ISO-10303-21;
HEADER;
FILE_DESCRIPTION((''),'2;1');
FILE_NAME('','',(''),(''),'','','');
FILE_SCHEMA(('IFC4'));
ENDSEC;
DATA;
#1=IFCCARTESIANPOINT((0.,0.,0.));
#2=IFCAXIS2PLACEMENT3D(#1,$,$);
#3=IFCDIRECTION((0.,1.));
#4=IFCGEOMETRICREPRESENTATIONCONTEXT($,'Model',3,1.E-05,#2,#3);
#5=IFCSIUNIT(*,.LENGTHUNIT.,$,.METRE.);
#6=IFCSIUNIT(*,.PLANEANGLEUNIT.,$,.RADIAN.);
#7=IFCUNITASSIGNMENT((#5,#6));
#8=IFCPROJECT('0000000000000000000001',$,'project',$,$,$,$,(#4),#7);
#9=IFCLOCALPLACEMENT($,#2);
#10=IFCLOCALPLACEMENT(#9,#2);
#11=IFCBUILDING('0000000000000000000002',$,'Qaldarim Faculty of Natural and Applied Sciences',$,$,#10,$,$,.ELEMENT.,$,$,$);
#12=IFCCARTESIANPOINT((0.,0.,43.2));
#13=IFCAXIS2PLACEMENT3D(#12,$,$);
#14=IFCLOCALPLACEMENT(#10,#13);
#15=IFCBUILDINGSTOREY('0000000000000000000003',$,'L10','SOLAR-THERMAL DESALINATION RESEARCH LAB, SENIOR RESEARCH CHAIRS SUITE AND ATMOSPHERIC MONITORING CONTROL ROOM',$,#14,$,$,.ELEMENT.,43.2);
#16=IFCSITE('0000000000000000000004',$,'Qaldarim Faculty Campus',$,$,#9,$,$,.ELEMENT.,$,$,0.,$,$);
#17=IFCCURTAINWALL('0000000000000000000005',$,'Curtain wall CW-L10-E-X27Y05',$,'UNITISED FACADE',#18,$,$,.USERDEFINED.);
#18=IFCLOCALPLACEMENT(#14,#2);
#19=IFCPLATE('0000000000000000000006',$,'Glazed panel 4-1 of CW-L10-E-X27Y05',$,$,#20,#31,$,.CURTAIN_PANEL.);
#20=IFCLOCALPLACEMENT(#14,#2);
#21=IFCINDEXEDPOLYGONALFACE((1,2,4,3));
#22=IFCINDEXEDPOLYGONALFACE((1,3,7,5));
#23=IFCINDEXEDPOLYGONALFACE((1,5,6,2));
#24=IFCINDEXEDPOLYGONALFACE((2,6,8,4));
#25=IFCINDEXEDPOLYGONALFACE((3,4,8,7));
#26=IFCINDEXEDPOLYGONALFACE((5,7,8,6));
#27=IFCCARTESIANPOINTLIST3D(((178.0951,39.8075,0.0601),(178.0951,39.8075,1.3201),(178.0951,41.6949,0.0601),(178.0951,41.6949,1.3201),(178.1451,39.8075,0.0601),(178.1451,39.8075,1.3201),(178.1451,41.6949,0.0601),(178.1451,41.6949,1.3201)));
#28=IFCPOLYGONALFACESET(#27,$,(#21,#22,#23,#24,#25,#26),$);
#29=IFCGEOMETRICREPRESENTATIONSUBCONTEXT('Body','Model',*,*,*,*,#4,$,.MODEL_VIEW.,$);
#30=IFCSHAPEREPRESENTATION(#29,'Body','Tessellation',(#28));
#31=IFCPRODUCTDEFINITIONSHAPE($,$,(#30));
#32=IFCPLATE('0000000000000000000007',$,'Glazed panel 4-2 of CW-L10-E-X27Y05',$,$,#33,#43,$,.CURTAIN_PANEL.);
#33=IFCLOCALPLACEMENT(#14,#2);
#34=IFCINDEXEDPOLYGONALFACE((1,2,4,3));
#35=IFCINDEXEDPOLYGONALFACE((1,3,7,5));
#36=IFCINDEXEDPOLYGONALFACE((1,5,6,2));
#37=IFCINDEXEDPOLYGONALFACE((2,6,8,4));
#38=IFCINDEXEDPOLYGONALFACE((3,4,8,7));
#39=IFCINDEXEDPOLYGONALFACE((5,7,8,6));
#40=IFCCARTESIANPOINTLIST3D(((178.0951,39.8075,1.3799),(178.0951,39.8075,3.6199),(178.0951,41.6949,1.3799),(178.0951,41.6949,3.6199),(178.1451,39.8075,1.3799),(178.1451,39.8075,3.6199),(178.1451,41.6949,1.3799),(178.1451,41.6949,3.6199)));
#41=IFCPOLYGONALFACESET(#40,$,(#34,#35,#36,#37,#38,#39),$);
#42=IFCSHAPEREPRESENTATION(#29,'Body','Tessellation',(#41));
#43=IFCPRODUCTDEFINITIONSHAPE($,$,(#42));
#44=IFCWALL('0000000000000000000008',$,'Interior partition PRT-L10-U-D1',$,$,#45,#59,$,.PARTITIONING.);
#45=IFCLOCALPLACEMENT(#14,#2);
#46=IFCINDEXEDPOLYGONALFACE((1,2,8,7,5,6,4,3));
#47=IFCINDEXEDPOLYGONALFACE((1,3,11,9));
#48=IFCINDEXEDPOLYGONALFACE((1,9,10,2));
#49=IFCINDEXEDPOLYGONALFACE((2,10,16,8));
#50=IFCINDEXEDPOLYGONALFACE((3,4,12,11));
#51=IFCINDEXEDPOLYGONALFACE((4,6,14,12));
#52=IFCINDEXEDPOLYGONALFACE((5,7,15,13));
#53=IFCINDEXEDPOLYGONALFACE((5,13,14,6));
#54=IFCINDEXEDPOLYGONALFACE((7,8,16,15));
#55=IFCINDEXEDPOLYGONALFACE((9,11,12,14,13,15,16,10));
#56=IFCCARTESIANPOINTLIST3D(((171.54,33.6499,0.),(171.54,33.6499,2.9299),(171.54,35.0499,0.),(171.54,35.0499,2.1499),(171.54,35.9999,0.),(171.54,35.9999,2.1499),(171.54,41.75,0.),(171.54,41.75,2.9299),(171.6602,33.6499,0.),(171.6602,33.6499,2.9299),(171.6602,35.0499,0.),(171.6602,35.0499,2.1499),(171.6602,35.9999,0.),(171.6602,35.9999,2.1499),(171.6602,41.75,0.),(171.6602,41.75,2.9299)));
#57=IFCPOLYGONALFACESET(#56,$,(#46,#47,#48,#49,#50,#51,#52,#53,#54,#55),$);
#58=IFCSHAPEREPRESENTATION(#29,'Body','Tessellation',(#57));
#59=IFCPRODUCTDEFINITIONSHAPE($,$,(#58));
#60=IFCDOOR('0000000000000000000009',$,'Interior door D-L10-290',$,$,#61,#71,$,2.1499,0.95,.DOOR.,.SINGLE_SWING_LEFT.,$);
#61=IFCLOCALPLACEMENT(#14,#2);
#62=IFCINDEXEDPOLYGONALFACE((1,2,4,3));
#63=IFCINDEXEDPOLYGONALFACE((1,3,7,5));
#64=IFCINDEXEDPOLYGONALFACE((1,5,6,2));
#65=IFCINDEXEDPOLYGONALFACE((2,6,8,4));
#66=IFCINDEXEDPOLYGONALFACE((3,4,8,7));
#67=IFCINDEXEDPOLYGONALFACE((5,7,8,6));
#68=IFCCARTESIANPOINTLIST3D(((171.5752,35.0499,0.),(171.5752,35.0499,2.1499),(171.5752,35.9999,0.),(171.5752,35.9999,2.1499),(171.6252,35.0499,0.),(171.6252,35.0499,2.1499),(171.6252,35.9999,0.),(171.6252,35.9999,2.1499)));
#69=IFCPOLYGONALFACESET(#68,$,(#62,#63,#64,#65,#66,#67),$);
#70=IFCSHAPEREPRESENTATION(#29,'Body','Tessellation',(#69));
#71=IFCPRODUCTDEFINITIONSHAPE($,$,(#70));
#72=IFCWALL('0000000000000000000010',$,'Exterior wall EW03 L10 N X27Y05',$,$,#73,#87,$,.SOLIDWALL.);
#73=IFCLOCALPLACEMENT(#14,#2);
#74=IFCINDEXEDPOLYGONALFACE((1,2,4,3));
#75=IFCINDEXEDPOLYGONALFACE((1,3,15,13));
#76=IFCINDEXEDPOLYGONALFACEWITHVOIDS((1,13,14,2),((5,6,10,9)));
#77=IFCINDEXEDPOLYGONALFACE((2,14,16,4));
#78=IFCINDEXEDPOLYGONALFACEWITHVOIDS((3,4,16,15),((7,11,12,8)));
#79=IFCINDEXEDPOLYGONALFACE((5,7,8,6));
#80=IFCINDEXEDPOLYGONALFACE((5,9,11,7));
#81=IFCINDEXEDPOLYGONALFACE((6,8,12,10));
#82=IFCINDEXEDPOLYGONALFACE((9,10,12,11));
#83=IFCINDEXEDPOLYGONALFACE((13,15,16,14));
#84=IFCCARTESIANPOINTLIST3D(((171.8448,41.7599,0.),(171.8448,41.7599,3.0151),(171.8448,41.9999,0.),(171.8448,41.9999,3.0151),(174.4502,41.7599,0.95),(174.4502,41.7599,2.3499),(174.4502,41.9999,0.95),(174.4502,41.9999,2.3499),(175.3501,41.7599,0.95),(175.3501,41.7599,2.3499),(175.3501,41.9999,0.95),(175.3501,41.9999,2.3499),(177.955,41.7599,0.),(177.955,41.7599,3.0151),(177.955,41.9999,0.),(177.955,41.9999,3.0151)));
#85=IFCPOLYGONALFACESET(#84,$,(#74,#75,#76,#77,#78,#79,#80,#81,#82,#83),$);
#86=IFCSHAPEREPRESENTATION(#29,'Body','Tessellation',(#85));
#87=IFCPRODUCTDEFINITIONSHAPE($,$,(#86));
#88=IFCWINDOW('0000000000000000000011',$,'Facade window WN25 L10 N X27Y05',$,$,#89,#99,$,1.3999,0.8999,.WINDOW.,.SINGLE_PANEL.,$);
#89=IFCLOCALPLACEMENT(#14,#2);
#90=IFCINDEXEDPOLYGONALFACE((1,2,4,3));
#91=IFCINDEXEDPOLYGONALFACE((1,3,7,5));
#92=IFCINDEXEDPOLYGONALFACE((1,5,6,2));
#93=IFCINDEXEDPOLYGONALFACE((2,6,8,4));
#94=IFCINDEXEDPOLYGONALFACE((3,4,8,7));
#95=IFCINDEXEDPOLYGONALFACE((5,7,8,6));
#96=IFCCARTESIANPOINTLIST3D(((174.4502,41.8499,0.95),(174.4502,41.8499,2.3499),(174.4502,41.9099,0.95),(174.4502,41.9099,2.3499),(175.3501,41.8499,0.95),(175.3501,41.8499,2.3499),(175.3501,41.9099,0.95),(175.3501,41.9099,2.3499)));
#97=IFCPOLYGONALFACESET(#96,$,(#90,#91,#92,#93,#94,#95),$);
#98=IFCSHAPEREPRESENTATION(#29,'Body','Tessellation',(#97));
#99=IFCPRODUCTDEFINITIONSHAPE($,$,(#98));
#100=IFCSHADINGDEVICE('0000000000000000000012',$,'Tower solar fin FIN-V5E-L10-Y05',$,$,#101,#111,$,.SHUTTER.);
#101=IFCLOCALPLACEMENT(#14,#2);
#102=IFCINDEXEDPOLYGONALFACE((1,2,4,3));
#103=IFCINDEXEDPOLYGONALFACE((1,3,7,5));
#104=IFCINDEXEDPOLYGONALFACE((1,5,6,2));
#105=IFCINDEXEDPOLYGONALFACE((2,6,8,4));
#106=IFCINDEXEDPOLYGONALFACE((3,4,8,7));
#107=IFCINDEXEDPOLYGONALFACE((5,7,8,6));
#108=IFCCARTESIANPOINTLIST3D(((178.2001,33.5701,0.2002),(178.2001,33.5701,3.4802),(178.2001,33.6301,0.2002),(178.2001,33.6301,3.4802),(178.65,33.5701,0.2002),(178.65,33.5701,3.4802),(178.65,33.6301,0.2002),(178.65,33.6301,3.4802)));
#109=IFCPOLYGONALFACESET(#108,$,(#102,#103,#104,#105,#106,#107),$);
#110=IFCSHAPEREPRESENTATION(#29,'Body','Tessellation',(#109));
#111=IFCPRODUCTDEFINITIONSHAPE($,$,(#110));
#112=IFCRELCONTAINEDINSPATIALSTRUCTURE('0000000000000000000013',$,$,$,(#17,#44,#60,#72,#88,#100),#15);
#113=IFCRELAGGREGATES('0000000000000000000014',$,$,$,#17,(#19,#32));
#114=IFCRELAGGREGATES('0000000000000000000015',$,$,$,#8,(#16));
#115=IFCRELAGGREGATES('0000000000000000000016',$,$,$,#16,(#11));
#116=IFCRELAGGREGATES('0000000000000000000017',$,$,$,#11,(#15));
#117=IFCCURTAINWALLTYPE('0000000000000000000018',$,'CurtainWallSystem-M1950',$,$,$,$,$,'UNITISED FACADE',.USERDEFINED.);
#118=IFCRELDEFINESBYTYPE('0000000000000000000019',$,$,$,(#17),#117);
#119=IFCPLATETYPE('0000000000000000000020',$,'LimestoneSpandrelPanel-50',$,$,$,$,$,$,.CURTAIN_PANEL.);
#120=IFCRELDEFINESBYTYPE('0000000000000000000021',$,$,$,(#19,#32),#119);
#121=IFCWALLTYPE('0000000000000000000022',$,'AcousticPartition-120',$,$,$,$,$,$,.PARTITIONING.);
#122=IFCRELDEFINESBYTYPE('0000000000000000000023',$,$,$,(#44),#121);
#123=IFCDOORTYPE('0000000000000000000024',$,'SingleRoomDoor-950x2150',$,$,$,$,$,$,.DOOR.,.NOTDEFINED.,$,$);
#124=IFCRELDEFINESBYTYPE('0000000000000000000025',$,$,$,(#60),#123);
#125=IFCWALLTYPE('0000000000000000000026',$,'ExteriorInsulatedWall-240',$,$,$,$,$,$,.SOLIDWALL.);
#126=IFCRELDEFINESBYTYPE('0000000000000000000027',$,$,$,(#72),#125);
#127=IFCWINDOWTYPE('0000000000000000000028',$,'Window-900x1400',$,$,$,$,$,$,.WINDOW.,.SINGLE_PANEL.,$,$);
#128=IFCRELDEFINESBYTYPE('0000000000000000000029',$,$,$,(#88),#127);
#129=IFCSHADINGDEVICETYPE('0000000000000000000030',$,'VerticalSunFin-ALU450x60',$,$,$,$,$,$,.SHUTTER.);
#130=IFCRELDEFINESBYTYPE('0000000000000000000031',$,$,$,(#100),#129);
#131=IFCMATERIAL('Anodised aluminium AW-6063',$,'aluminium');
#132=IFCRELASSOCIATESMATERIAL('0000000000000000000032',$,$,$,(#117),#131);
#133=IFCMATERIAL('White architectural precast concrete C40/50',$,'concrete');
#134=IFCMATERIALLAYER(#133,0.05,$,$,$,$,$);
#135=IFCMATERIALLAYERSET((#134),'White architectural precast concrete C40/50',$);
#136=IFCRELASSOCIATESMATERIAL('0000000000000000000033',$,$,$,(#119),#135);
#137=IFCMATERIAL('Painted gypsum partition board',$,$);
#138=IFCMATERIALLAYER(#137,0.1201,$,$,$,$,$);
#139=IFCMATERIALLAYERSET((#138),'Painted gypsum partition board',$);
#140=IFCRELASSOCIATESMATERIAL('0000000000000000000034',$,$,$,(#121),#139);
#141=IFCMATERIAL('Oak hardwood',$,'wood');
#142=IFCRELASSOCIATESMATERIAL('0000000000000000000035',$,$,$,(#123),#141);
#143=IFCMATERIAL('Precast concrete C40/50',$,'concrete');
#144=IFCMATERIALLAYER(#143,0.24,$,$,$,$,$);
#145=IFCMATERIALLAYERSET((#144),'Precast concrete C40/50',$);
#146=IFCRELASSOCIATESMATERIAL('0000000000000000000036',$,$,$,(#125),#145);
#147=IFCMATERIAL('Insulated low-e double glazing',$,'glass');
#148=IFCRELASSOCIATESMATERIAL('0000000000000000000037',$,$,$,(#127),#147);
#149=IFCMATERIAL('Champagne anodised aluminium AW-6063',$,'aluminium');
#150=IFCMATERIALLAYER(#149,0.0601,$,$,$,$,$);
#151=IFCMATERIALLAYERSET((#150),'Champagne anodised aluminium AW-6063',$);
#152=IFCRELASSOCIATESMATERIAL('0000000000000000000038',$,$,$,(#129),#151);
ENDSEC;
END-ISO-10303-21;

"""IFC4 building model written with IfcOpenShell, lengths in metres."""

from ifc_helpers import new_model, si_unit, direction, frame, frame_2d, origin, origin_2d, place, context, subcontext, project, spatial, rectangle, extrude, material, layer, layer_set, type_object, element, fill, aggregate, save


model = new_model("IFC4")

# Units and contexts
model_context = context("Model", 3, precision=1e-05, world=origin(), true_north=direction((0.0, 1.0)))
body_context = subcontext(model_context, "Body", "Model", "MODEL_VIEW")
ifc_project = project(units=[si_unit("LENGTHUNIT", "METRE"), si_unit("PLANEANGLEUNIT", "RADIAN")], contexts=[model_context])

# Site, building, storey
site_placement = place(None, origin())
site = spatial("IfcSite", under=ifc_project, at=site_placement, Name="Qaldarim Faculty Campus", CompositionType="ELEMENT", RefElevation=0.0)
building_placement = place(site_placement, origin())
building = spatial("IfcBuilding", under=site, at=building_placement, Name="Qaldarim Faculty of Natural and Applied Sciences", CompositionType="ELEMENT")
storey_placement = place(building_placement, frame((0.0, 0.0, 43.2)))
storey = spatial("IfcBuildingStorey", under=building, at=storey_placement, Name="L10", Description="SOLAR-THERMAL DESALINATION RESEARCH LAB, SENIOR RESEARCH CHAIRS SUITE AND ATMOSPHERIC MONITORING CONTROL ROOM", CompositionType="ELEMENT", Elevation=43.2)

# Curtain wall
ifc_material_1 = material(Name="Anodised aluminium AW-6063", Category="aluminium")
curtain_wall_type = type_object("IfcCurtainWallType", Name="CurtainWallSystem-M1950", ElementType="UNITISED FACADE", PredefinedType="USERDEFINED", material=ifc_material_1)
curtain_wall_placement = place(storey_placement, origin())
curtain_wall = element("IfcCurtainWall", 1, at=curtain_wall_placement, inside=storey, type_object=curtain_wall_type, Name="Curtain wall CW-L10-E-X27Y05", ObjectType="UNITISED FACADE", PredefinedType="USERDEFINED")

# Plates
ifc_material_2 = material(Name="White architectural precast concrete C40/50", Category="concrete")
ifc_layer_1 = layer(ifc_material_2, 0.05)
ifc_layer_set_1 = layer_set([ifc_layer_1], Name="White architectural precast concrete C40/50")
plate_type = type_object("IfcPlateType", Name="LimestoneSpandrelPanel-50", PredefinedType="CURTAIN_PANEL", material=ifc_layer_set_1)
plate_1_placement = place(storey_placement, frame((178.1201, 40.7512, 0.0601), z_axis=(0.0, 0.0, 1.0), x_axis=(0.0, 1.0, 0.0)))
plate_1 = element("IfcPlate", 2, at=plate_1_placement, type_object=plate_type, Name="Glazed panel 4-1 of CW-L10-E-X27Y05", PredefinedType="CURTAIN_PANEL", context=body_context, shape_type="SweptSolid", body=[
    extrude(rectangle(XDim=1.8875, YDim=0.05, at=origin_2d()), origin(), (0.0, 0.0, 1.0), 1.26),
])
plate_2_placement = place(storey_placement, frame((178.1201, 40.7512, 1.3799), z_axis=(0.0, 0.0, 1.0), x_axis=(0.0, 1.0, 0.0)))
plate_2 = element("IfcPlate", 3, at=plate_2_placement, type_object=plate_type, Name="Glazed panel 4-2 of CW-L10-E-X27Y05", PredefinedType="CURTAIN_PANEL", context=body_context, shape_type="SweptSolid", body=[
    extrude(rectangle(XDim=1.8875, YDim=0.05, at=origin_2d()), origin(), (0.0, 0.0, 1.0), 2.24),
])
aggregate(curtain_wall, [plate_1, plate_2])

# Wall, opening, door
ifc_material_3 = material(Name="Painted gypsum partition board")
ifc_layer_2 = layer(ifc_material_3, 0.1201)
ifc_layer_set_2 = layer_set([ifc_layer_2], Name="Painted gypsum partition board")
wall_type_1 = type_object("IfcWallType", Name="AcousticPartition-120", PredefinedType="PARTITIONING", material=ifc_layer_set_2)
wall_1_placement = place(storey_placement, frame((171.6001, 33.6499, 0.0), z_axis=(0.0, 0.0, 1.0), x_axis=(0.0, 1.0, 0.0)))
wall_1 = element("IfcWall", 4, at=wall_1_placement, inside=storey, type_object=wall_type_1, Name="Interior partition PRT-L10-U-D1", PredefinedType="PARTITIONING", context=body_context, shape_type="SweptSolid", body=[
    extrude(rectangle(XDim=8.1001, YDim=0.1201, at=frame_2d((4.05, 0.0))), origin(), (0.0, 0.0, 1.0), 2.9299),
])
opening_1_placement = place(wall_1_placement, frame((1.3999, 0.0, 0.0)))
opening_1 = element("IfcOpeningElement", 5, at=opening_1_placement, cuts=wall_1, PredefinedType="OPENING", context=body_context, shape_type="SweptSolid", body=[
    extrude(rectangle(XDim=0.95, YDim=2.1499, at=frame_2d((0.4751, 1.075))), frame((0.0, 0.0701, 0.0), z_axis=(0.0, -1.0, 0.0), x_axis=(1.0, 0.0, 0.0)), (0.0, 0.0, 1.0), 0.1401),
])
ifc_material_4 = material(Name="Oak hardwood", Category="wood")
door_type = type_object("IfcDoorType", Name="SingleRoomDoor-950x2150", OperationType="NOTDEFINED", PredefinedType="DOOR", material=ifc_material_4)
door_placement = place(opening_1_placement, origin())
door = element("IfcDoor", 6, at=door_placement, inside=storey, type_object=door_type, Name="Interior door D-L10-290", OperationType="SINGLE_SWING_LEFT", OverallHeight=2.1499, OverallWidth=0.95, PredefinedType="DOOR", context=body_context, shape_type="SweptSolid", body=[
    extrude(rectangle(XDim=0.95, YDim=2.1499, at=frame_2d((0.4751, 1.075))), frame((0.0, 0.0249, 0.0), z_axis=(0.0, -1.0, 0.0), x_axis=(1.0, 0.0, 0.0)), (0.0, 0.0, 1.0), 0.05),
])
fill(opening_1, door)

# Wall, opening, window
ifc_material_5 = material(Name="Precast concrete C40/50", Category="concrete")
ifc_layer_3 = layer(ifc_material_5, 0.24)
ifc_layer_set_3 = layer_set([ifc_layer_3], Name="Precast concrete C40/50")
wall_type_2 = type_object("IfcWallType", Name="ExteriorInsulatedWall-240", PredefinedType="SOLIDWALL", material=ifc_layer_set_3)
wall_2_placement = place(storey_placement, frame((177.9551, 41.8799, 0.0), z_axis=(0.0, 0.0, 1.0), x_axis=(-1.0, 0.0, 0.0)))
wall_2 = element("IfcWall", 7, at=wall_2_placement, inside=storey, type_object=wall_type_2, Name="Exterior wall EW03 L10 N X27Y05", PredefinedType="SOLIDWALL", context=body_context, shape_type="SweptSolid", body=[
    extrude(rectangle(XDim=6.1101, YDim=0.24, at=frame_2d((3.0552, 0.0))), origin(), (0.0, 0.0, 1.0), 3.0151),
])
opening_2_placement = place(wall_2_placement, frame((2.605, 0.0, 0.95)))
opening_2 = element("IfcOpeningElement", 8, at=opening_2_placement, cuts=wall_2, PredefinedType="OPENING", context=body_context, shape_type="SweptSolid", body=[
    extrude(rectangle(XDim=0.8999, YDim=1.3999, at=frame_2d((0.45, 0.7))), frame((0.0, 0.1299, 0.0), z_axis=(0.0, -1.0, 0.0), x_axis=(1.0, 0.0, 0.0)), (0.0, 0.0, 1.0), 0.26),
])
ifc_material_6 = material(Name="Insulated low-e double glazing", Category="glass")
window_type = type_object("IfcWindowType", Name="Window-900x1400", PartitioningType="SINGLE_PANEL", PredefinedType="WINDOW", material=ifc_material_6)
window_placement = place(opening_2_placement, origin())
window = element("IfcWindow", 9, at=window_placement, inside=storey, type_object=window_type, Name="Facade window WN25 L10 N X27Y05", OverallHeight=1.3999, OverallWidth=0.8999, PartitioningType="SINGLE_PANEL", PredefinedType="WINDOW", context=body_context, shape_type="SweptSolid", body=[
    extrude(rectangle(XDim=0.8999, YDim=1.3999, at=frame_2d((0.45, 0.7))), frame((0.0, 0.03, 0.0), z_axis=(0.0, -1.0, 0.0), x_axis=(1.0, 0.0, 0.0)), (0.0, 0.0, 1.0), 0.0601),
])
fill(opening_2, window)

# Shading device
ifc_material_7 = material(Name="Champagne anodised aluminium AW-6063", Category="aluminium")
ifc_layer_4 = layer(ifc_material_7, 0.0601)
ifc_layer_set_4 = layer_set([ifc_layer_4], Name="Champagne anodised aluminium AW-6063")
shading_device_type = type_object("IfcShadingDeviceType", Name="VerticalSunFin-ALU450x60", PredefinedType="SHUTTER", material=ifc_layer_set_4)
shading_device_placement = place(storey_placement, frame((178.425, 33.6001, 0.2002), z_axis=(0.0, 0.0, 1.0), x_axis=(1.0, 0.0, 0.0)))
element("IfcShadingDevice", 10, at=shading_device_placement, inside=storey, type_object=shading_device_type, Name="Tower solar fin FIN-V5E-L10-Y05", PredefinedType="SHUTTER", context=body_context, shape_type="SweptSolid", body=[
    extrude(rectangle(XDim=0.45, YDim=0.0601, at=origin_2d()), origin(), (0.0, 0.0, 1.0), 3.28),
])

save(model, "model.ifc")
